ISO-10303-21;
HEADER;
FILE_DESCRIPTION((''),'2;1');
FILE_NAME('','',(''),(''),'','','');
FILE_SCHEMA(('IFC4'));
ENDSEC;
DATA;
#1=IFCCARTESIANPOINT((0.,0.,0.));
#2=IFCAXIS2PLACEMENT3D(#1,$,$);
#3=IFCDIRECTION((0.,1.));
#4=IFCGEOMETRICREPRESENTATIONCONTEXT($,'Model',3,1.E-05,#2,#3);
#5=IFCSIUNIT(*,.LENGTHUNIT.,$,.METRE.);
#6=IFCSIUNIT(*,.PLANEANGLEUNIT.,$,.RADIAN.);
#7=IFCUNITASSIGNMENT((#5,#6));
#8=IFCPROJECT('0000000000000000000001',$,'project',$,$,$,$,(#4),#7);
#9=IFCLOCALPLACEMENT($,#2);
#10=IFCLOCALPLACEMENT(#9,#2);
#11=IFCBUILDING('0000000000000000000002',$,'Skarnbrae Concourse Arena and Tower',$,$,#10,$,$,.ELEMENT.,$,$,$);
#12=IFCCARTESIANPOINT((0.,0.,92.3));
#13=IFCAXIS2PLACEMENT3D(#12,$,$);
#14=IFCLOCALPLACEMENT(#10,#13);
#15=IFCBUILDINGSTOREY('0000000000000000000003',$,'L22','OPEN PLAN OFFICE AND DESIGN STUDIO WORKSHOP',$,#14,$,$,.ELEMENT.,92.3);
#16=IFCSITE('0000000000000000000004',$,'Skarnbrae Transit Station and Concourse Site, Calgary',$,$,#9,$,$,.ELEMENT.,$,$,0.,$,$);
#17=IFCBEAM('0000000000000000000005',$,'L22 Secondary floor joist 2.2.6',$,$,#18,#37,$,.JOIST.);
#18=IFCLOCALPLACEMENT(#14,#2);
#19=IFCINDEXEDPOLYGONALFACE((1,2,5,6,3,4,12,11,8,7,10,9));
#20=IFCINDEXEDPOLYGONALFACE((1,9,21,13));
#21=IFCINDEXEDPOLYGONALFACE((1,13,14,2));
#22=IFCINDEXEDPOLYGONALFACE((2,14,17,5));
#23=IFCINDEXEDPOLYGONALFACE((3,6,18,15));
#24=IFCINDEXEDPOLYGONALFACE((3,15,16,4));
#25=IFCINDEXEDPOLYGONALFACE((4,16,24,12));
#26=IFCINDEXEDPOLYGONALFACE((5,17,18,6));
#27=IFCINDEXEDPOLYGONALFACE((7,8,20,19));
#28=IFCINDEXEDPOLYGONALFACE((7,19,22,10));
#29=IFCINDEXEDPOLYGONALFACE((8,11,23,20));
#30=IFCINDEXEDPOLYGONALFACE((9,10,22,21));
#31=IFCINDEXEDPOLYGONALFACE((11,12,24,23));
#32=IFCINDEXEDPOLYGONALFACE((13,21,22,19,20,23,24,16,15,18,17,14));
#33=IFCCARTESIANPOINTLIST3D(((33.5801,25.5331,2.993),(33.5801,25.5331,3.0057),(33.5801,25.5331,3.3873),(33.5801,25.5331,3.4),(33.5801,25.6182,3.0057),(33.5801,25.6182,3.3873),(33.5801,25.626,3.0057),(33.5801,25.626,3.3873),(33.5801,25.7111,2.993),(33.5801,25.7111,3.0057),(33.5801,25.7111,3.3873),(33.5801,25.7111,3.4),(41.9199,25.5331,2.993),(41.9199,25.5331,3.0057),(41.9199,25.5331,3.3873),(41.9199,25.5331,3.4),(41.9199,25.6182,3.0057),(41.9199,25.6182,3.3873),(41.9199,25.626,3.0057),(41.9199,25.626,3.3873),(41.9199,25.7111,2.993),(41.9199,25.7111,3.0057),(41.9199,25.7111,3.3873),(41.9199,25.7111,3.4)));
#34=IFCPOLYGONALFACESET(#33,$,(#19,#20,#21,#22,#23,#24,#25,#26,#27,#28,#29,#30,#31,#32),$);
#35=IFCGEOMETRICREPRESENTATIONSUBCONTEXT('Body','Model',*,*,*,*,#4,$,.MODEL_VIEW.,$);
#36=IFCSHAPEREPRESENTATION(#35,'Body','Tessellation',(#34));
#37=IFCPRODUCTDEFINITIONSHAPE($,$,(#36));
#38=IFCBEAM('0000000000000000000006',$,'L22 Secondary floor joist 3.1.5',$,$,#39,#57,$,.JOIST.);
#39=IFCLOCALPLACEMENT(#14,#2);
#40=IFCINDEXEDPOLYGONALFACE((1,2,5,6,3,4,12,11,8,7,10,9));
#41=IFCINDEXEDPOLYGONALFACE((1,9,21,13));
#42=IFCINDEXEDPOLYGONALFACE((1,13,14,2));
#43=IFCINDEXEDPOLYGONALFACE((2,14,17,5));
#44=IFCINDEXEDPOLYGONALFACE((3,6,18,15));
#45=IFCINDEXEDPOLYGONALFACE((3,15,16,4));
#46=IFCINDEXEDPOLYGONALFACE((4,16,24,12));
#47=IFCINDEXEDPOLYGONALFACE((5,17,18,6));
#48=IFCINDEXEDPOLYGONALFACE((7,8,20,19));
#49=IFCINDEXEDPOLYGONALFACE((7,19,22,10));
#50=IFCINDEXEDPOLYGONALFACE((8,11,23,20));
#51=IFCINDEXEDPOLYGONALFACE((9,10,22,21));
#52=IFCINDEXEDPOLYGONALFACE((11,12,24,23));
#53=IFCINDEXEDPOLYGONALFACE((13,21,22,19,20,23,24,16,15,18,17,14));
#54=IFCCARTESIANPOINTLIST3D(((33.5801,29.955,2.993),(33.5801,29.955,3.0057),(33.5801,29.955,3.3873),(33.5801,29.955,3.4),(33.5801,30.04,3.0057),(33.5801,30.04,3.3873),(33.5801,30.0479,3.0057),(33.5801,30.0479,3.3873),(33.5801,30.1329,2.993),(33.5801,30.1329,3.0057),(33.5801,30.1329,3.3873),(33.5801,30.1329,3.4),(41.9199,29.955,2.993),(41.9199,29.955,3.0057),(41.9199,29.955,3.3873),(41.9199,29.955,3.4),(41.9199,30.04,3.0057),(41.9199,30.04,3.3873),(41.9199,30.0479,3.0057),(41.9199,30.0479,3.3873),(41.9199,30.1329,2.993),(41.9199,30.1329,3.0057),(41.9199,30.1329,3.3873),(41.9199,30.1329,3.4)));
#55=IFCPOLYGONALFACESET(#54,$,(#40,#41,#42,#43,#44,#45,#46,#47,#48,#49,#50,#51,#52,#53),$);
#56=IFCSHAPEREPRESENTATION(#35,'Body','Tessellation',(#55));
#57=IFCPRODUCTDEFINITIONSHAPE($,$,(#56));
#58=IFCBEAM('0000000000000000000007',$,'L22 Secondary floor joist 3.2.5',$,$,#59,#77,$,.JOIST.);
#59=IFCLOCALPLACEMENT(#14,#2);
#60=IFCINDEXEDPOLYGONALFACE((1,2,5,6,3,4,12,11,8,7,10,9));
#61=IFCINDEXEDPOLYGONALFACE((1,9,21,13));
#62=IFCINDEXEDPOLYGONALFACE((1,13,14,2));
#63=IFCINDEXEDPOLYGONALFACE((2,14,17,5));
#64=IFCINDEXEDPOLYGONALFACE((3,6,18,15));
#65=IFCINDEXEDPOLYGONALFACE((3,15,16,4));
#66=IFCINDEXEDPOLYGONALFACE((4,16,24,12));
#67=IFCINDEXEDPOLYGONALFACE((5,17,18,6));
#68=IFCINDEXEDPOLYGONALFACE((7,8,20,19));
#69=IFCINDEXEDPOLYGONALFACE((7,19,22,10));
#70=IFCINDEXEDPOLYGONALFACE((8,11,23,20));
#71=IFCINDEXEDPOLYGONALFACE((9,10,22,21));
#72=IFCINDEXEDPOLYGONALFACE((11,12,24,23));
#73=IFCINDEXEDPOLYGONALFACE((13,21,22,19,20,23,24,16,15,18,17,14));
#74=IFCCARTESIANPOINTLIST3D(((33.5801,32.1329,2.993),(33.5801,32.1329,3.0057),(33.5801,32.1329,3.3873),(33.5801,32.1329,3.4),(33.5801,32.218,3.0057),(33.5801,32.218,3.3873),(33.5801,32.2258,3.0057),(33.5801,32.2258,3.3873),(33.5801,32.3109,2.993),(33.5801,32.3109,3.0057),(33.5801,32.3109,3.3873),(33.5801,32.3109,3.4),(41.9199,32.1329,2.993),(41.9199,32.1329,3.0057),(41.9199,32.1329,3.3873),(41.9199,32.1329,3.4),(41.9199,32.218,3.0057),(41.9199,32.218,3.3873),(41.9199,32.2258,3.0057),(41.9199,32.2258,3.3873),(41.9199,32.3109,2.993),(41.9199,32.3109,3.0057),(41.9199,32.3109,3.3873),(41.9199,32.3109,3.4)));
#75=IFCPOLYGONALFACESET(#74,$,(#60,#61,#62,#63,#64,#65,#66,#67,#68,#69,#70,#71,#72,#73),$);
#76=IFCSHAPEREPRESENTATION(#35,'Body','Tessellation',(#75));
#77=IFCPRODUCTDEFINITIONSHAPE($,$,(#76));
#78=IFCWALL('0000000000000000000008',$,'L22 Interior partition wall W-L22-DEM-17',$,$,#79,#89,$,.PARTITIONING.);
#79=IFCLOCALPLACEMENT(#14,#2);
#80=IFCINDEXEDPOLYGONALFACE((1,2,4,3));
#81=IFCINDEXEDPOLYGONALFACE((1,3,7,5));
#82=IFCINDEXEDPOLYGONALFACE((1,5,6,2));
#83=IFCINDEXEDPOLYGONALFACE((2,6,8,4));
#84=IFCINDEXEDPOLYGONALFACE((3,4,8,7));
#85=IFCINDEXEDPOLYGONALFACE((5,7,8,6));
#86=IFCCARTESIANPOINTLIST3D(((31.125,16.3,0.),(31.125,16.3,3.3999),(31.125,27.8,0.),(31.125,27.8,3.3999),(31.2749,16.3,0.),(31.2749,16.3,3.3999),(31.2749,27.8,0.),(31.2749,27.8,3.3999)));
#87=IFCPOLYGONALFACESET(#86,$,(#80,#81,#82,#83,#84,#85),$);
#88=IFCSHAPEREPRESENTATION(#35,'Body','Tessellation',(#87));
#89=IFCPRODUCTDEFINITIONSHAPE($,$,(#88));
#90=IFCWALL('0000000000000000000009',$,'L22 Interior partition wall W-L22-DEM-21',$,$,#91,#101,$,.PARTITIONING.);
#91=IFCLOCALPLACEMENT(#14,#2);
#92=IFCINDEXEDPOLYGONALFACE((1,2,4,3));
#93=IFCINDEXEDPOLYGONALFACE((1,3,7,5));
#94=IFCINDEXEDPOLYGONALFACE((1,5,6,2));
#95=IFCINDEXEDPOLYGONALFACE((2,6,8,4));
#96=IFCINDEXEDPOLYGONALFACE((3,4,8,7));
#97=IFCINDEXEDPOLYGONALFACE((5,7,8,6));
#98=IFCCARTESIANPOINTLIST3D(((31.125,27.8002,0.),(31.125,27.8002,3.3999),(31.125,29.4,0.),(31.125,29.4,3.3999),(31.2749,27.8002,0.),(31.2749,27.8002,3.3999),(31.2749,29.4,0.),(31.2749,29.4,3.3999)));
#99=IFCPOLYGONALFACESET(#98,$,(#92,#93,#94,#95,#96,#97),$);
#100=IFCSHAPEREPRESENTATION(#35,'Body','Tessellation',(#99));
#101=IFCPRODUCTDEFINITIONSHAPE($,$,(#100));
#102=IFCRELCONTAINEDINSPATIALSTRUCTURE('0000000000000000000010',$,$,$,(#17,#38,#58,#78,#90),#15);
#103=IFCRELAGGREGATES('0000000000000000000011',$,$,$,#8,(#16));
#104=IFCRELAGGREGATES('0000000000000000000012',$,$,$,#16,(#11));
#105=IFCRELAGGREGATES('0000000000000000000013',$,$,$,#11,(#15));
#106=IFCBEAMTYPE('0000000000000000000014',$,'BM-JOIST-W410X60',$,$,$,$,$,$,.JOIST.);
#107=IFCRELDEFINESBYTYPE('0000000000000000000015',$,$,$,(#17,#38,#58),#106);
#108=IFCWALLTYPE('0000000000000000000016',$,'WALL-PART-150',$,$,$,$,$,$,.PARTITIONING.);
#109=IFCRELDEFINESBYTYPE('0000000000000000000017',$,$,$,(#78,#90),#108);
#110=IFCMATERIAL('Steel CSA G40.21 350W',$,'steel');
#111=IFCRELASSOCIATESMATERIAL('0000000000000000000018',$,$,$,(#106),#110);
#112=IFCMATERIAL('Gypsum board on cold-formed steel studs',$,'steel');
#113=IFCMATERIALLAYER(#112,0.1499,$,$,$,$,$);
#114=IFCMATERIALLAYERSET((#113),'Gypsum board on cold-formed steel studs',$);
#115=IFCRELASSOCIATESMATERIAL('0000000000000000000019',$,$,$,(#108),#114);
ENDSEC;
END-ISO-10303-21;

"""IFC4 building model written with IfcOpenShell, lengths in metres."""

from ifc_helpers import new_model, si_unit, direction, frame, frame_2d, origin, origin_2d, place, context, subcontext, project, spatial, rectangle, i_section, extrude, source, transform, mapped, material, layer, layer_set, material_profile, profile_set, type_object, element, save


model = new_model("IFC4")

# Units and contexts
model_context = context("Model", 3, precision=1e-05, world=origin(), true_north=direction((0.0, 1.0)))
body_context = subcontext(model_context, "Body", "Model", "MODEL_VIEW")
ifc_project = project(units=[si_unit("LENGTHUNIT", "METRE"), si_unit("PLANEANGLEUNIT", "RADIAN")], contexts=[model_context])

# Site, building, storey
site_placement = place(None, origin())
site = spatial("IfcSite", under=ifc_project, at=site_placement, Name="Skarnbrae Transit Station and Concourse Site, Calgary", CompositionType="ELEMENT", RefElevation=0.0)
building_placement = place(site_placement, origin())
building = spatial("IfcBuilding", under=site, at=building_placement, Name="Skarnbrae Concourse Arena and Tower", CompositionType="ELEMENT")
storey_placement = place(building_placement, frame((0.0, 0.0, 92.3)))
storey = spatial("IfcBuildingStorey", under=building, at=storey_placement, Name="L22", Description="OPEN PLAN OFFICE AND DESIGN STUDIO WORKSHOP", CompositionType="ELEMENT", Elevation=92.3)

# Shared definitions
ifc_material_1 = material(Name="Steel CSA G40.21 350W", Category="steel")

# Beams
ifc_material_profile_1 = material_profile(ifc_material_1, i_section(OverallWidth=0.178, OverallDepth=0.407, WebThickness=0.0078, FlangeThickness=0.0127, at=origin_2d()), Name="W410X60")
ifc_profile_set_1 = profile_set([ifc_material_profile_1], Name="Steel CSA G40.21 350W")
beam_type_1 = type_object("IfcBeamType", Name="BM-JOIST-W410X60", PredefinedType="JOIST", material=ifc_profile_set_1)
shared_shape_1 = source(origin(), body_context, "Body", "SweptSolid", [
    extrude(i_section(OverallWidth=0.178, OverallDepth=0.407, WebThickness=0.0078, FlangeThickness=0.0127, at=origin_2d()), origin(), (0.0, 0.0, 1.0), 8.3398),
])
for number, where, z_axis, x_axis, name in (
    (1, (33.5801, 25.6221, 3.1965), (1.0, 0.0, 0.0), (0.0, 1.0, 0.0), "L22 Secondary floor joist 2.2.6"),
    (2, (33.5801, 30.0439, 3.1965), (1.0, 0.0, 0.0), (0.0, 1.0, 0.0), "L22 Secondary floor joist 3.1.5"),
    (3, (33.5801, 32.2219, 3.1965), (1.0, 0.0, 0.0), (0.0, 1.0, 0.0), "L22 Secondary floor joist 3.2.5"),
):
    element("IfcBeam", number, at=place(storey_placement, frame(where, z_axis=z_axis, x_axis=x_axis)), inside=storey, type_object=beam_type_1, Name=name, PredefinedType="JOIST", context=body_context, shape_type="MappedRepresentation", body=[
        mapped(shared_shape_1, transform((0.0, 0.0, 0.0))),
    ])

# Walls
ifc_material_2 = material(Name="Gypsum board on cold-formed steel studs", Category="steel")
ifc_layer = layer(ifc_material_2, 0.1499)
ifc_layer_set = layer_set([ifc_layer], Name="Gypsum board on cold-formed steel studs")
wall_type = type_object("IfcWallType", Name="WALL-PART-150", PredefinedType="PARTITIONING", material=ifc_layer_set)
shared_shape_2 = source(origin(), body_context, "Body", "SweptSolid", [
    extrude(rectangle(XDim=11.5, YDim=0.1499, at=frame_2d((5.75, 0.0))), origin(), (0.0, 0.0, 1.0), 3.3999),
])
wall_1_placement = place(storey_placement, frame((31.2, 27.8, 0.0), z_axis=(0.0, 0.0, 1.0), x_axis=(0.0, -1.0, 0.0)))
element("IfcWall", 4, at=wall_1_placement, inside=storey, type_object=wall_type, Name="L22 Interior partition wall W-L22-DEM-17", PredefinedType="PARTITIONING", context=body_context, shape_type="MappedRepresentation", body=[
    mapped(shared_shape_2, transform((0.0, 0.0, 0.0))),
])
shared_shape_3 = source(origin(), body_context, "Body", "SweptSolid", [
    extrude(rectangle(XDim=1.5999, YDim=0.1499, at=frame_2d((0.7998, 0.0))), origin(), (0.0, 0.0, 1.0), 3.3999),
])
wall_2_placement = place(storey_placement, frame((31.2, 29.3999, 0.0), z_axis=(0.0, 0.0, 1.0), x_axis=(0.0, -1.0, 0.0)))
element("IfcWall", 5, at=wall_2_placement, inside=storey, type_object=wall_type, Name="L22 Interior partition wall W-L22-DEM-21", PredefinedType="PARTITIONING", context=body_context, shape_type="MappedRepresentation", body=[
    mapped(shared_shape_3, transform((0.0, 0.0, 0.0))),
])

save(model, "model.ifc")
